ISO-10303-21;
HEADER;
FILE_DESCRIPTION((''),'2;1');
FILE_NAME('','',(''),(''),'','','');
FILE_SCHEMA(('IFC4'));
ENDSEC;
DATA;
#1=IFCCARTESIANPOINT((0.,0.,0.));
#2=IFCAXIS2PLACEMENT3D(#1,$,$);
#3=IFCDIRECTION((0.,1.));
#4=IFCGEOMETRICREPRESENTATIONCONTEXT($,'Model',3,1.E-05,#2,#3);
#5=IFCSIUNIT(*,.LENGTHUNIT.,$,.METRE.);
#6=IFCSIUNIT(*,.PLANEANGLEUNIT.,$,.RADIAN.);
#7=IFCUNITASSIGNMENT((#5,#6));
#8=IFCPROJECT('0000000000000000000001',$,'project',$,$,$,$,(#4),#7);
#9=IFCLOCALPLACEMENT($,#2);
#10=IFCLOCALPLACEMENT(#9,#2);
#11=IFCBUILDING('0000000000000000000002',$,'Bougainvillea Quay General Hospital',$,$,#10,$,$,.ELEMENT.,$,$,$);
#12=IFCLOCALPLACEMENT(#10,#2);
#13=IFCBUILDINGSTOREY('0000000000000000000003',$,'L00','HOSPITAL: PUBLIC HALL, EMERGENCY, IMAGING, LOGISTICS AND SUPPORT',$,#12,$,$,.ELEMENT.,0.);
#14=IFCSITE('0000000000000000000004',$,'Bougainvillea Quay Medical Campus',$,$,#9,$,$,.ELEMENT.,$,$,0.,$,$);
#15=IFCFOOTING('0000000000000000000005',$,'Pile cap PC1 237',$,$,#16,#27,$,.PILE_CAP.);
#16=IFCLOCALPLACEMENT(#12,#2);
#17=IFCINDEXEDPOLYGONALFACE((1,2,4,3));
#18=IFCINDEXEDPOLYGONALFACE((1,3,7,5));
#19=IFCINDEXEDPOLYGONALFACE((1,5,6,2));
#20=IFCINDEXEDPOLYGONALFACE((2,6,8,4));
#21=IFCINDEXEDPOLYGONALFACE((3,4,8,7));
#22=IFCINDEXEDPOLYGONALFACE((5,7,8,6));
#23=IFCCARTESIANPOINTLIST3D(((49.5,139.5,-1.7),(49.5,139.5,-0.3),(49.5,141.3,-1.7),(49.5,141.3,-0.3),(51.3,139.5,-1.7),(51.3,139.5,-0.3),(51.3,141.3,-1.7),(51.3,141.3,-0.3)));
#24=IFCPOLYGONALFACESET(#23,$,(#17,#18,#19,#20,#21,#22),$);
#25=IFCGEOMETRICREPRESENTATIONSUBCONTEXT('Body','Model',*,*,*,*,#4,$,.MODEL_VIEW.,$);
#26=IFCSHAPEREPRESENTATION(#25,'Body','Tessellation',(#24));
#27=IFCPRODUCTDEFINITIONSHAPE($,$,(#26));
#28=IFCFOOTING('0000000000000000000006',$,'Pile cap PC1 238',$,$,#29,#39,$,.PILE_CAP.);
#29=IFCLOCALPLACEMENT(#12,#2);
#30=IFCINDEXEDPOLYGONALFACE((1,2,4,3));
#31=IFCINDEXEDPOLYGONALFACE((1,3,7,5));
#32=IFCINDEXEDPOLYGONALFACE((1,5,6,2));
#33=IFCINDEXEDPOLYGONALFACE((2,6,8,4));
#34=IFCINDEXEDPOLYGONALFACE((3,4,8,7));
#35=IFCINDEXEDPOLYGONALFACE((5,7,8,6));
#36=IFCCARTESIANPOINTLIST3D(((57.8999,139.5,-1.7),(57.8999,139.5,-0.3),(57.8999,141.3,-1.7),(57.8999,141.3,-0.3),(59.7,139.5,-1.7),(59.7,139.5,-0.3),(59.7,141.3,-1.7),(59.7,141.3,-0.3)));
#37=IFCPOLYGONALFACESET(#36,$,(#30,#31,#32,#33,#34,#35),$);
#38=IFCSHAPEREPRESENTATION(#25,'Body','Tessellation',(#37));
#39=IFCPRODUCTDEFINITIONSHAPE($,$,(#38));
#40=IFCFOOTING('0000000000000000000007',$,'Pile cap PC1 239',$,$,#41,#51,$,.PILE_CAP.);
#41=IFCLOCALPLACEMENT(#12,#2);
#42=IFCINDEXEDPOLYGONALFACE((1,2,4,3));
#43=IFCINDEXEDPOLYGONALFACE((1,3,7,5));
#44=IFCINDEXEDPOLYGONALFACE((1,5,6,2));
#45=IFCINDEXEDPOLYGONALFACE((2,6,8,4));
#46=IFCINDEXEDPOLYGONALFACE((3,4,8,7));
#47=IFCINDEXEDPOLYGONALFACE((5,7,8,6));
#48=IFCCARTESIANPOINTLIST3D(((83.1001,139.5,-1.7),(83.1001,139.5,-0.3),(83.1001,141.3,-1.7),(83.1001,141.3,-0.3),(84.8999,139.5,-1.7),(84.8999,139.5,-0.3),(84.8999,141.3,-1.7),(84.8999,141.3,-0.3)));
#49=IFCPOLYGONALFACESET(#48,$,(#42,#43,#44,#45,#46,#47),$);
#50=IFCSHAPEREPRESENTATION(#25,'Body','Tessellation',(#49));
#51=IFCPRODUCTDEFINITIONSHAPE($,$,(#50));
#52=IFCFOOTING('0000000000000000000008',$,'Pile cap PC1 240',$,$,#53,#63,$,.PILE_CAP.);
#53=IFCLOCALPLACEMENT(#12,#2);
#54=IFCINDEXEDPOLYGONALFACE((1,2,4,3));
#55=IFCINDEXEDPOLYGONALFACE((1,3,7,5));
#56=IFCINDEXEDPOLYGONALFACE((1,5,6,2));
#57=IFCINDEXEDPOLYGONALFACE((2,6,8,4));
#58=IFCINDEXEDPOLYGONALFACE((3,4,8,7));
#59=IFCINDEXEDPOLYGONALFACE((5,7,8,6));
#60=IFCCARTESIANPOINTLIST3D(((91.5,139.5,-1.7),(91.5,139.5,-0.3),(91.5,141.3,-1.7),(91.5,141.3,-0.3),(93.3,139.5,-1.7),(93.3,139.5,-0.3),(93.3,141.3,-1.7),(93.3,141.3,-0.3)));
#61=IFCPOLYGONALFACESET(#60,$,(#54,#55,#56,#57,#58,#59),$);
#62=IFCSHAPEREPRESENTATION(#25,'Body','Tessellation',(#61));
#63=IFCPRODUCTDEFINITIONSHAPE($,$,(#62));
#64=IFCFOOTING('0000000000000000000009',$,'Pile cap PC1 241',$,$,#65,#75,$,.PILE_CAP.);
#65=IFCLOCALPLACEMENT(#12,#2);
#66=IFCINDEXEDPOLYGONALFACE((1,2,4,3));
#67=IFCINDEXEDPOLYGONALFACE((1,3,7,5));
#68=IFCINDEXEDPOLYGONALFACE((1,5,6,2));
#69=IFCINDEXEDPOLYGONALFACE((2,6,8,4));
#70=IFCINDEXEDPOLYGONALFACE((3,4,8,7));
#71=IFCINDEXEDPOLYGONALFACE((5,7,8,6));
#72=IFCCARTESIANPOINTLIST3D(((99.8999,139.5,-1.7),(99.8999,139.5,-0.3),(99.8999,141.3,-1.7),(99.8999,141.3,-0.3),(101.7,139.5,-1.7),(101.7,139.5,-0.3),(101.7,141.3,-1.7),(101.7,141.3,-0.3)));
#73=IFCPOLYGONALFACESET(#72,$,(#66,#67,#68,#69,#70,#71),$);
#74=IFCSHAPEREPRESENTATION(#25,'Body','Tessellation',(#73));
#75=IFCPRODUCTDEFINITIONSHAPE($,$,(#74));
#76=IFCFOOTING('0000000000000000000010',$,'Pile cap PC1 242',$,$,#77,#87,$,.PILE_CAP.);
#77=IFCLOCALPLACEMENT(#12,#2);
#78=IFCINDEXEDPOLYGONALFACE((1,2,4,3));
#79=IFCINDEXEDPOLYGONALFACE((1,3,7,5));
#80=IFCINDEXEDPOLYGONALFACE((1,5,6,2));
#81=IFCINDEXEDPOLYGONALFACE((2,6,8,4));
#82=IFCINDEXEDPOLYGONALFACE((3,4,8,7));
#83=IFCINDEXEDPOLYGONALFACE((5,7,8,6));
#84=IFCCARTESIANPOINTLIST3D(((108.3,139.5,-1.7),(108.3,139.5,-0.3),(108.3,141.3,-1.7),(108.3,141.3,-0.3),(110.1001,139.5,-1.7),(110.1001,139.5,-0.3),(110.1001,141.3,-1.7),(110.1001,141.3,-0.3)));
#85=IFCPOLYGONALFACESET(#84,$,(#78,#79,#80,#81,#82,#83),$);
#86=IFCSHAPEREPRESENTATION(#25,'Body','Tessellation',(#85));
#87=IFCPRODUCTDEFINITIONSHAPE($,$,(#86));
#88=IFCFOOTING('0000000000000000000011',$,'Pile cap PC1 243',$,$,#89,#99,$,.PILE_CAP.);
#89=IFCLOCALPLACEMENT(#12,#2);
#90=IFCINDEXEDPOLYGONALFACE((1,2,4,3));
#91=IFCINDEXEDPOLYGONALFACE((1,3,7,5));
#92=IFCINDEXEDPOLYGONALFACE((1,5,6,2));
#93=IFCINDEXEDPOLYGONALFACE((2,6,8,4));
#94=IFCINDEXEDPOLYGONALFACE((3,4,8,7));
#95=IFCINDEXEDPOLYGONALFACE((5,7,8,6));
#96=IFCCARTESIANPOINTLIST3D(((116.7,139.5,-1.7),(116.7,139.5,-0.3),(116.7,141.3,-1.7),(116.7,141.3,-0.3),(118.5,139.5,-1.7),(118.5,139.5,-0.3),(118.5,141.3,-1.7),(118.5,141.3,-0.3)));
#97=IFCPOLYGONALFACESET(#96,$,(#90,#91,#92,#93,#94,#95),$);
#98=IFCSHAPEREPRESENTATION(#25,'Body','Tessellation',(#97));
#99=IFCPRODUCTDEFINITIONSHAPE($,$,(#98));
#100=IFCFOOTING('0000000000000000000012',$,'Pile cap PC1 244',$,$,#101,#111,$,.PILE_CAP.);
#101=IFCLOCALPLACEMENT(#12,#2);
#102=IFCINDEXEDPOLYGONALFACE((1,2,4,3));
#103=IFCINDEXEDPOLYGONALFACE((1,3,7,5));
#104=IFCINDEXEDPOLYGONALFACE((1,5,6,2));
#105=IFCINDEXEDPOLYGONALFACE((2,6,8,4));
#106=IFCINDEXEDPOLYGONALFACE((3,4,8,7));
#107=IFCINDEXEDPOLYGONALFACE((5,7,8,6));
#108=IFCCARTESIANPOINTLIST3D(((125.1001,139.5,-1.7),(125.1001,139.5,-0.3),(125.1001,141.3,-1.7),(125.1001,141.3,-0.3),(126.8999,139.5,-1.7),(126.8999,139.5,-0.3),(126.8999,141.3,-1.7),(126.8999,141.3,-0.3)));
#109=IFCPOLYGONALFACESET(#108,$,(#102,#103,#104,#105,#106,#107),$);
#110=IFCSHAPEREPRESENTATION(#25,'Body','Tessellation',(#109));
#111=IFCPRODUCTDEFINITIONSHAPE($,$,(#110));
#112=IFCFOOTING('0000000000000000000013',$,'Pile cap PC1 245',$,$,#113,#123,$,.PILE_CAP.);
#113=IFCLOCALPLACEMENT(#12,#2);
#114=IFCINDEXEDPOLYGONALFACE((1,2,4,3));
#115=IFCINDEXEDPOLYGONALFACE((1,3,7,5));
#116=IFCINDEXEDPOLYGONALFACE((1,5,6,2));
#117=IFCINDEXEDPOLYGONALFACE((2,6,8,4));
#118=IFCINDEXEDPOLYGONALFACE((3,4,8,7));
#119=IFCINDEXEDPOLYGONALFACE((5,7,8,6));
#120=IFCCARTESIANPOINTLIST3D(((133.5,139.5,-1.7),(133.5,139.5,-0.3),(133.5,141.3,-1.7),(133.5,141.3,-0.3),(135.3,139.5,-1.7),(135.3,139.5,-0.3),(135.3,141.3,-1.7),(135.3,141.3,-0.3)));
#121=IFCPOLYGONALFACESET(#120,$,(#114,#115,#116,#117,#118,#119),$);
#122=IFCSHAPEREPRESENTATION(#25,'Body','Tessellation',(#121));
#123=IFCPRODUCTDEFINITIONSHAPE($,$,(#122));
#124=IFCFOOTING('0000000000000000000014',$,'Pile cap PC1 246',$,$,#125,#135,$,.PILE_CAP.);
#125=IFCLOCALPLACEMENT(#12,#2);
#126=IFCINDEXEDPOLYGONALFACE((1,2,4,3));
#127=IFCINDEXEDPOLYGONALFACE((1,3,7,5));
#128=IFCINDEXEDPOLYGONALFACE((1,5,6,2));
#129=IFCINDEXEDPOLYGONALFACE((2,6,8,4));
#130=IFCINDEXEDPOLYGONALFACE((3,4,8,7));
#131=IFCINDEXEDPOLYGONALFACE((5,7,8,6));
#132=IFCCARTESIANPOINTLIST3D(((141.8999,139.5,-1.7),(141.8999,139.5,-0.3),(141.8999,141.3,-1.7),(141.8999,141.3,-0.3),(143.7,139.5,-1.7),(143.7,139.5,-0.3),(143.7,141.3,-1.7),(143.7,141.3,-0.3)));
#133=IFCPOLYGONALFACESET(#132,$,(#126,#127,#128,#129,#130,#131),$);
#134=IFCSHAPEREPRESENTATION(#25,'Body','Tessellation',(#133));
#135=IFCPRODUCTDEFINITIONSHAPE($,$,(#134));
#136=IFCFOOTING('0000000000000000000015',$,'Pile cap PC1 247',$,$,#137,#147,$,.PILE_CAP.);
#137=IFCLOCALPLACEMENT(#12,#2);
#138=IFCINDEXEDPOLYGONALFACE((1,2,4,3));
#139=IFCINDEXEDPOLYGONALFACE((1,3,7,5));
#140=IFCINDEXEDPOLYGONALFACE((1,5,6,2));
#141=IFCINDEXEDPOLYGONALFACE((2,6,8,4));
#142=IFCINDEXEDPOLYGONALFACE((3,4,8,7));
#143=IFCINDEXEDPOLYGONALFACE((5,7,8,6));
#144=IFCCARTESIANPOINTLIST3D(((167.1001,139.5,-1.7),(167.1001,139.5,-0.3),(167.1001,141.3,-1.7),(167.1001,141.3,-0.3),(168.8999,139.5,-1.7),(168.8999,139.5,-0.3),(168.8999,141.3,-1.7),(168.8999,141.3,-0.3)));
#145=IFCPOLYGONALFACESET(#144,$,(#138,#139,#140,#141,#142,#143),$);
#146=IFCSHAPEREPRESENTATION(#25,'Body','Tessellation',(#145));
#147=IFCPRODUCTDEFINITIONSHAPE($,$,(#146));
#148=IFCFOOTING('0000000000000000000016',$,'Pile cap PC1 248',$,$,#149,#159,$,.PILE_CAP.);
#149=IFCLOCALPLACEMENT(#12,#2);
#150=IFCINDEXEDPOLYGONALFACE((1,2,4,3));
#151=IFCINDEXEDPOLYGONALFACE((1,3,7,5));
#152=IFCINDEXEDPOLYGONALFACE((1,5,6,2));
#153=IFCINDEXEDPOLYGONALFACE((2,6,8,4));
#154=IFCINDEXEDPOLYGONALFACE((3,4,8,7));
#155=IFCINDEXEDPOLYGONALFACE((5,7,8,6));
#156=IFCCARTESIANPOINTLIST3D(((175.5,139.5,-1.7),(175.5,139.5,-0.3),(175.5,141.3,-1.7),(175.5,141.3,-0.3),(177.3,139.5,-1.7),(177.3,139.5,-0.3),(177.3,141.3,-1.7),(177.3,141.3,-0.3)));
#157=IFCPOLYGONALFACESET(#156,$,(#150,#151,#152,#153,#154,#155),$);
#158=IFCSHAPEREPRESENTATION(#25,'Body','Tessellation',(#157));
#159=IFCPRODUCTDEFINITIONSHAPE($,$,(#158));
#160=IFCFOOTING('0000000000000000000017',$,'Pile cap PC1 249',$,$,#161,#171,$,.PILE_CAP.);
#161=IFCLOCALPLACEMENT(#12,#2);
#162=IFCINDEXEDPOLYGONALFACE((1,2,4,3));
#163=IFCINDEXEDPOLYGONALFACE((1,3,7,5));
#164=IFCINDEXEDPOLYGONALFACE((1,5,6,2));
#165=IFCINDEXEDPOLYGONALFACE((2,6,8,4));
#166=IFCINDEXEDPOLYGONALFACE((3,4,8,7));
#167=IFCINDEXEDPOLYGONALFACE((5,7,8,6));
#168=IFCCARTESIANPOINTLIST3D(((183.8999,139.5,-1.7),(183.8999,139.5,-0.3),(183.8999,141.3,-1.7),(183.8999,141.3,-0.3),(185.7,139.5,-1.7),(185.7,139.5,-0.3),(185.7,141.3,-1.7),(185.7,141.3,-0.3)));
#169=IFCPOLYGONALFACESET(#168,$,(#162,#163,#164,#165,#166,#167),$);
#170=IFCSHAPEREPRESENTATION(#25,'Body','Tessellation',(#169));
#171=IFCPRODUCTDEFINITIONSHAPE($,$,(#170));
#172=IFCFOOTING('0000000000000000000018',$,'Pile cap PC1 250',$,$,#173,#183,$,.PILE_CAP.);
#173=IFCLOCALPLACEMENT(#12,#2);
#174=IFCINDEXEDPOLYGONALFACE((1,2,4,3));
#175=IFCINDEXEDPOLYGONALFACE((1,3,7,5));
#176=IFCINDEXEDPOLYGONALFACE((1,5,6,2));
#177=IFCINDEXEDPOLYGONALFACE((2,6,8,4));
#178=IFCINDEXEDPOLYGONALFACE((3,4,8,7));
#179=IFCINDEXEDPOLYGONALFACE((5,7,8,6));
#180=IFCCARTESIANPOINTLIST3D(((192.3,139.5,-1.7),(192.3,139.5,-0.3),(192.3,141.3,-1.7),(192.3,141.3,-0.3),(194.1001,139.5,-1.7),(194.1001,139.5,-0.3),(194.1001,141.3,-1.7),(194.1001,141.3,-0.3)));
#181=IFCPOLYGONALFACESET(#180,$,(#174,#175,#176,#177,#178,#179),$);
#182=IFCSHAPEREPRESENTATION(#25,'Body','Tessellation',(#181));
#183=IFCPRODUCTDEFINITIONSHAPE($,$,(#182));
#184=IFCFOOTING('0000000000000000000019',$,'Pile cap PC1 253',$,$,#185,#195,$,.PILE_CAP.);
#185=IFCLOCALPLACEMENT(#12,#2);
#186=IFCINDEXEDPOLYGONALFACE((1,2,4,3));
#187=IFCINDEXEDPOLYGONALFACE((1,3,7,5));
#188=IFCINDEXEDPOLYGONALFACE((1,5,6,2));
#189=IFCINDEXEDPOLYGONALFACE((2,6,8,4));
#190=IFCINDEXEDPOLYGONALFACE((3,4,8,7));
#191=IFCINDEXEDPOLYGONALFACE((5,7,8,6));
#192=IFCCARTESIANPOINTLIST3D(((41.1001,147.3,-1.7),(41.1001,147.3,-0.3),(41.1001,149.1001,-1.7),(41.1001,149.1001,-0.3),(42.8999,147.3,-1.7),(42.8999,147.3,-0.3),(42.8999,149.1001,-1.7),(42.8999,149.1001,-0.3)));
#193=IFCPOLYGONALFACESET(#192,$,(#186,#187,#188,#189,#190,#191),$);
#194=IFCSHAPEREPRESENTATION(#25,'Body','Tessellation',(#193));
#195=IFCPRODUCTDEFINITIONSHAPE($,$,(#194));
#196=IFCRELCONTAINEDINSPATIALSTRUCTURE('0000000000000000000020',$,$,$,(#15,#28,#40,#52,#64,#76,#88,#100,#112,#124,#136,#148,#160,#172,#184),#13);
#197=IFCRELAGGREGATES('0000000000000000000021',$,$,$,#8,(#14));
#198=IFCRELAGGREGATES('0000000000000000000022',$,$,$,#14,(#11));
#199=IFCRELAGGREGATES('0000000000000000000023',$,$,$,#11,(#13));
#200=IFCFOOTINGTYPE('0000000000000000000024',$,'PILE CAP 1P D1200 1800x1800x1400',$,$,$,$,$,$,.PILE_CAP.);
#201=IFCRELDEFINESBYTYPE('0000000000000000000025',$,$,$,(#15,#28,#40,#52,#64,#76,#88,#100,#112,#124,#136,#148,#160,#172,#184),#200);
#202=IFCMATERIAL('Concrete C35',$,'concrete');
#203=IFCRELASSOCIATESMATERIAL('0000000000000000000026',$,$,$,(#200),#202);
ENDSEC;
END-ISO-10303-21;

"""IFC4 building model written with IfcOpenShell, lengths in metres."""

from ifc_helpers import new_model, si_unit, direction, frame, origin, place, context, subcontext, project, spatial, polyline, outline, extrude, material, type_object, element, save


model = new_model("IFC4")

# Units and contexts
model_context = context("Model", 3, precision=1e-05, world=origin(), true_north=direction((0.0, 1.0)))
body_context = subcontext(model_context, "Body", "Model", "MODEL_VIEW")
ifc_project = project(units=[si_unit("LENGTHUNIT", "METRE"), si_unit("PLANEANGLEUNIT", "RADIAN")], contexts=[model_context])

# Site, building, storey
site_placement = place(None, origin())
site = spatial("IfcSite", under=ifc_project, at=site_placement, Name="Bougainvillea Quay Medical Campus", CompositionType="ELEMENT", RefElevation=0.0)
building_placement = place(site_placement, origin())
building = spatial("IfcBuilding", under=site, at=building_placement, Name="Bougainvillea Quay General Hospital", CompositionType="ELEMENT")
storey_placement = place(building_placement, origin())
storey = spatial("IfcBuildingStorey", under=building, at=storey_placement, Name="L00", Description="HOSPITAL: PUBLIC HALL, EMERGENCY, IMAGING, LOGISTICS AND SUPPORT", CompositionType="ELEMENT", Elevation=0.0)

# Footings
ifc_material = material(Name="Concrete C35", Category="concrete")
footing_type_1 = type_object("IfcFootingType", Name="PILE CAP 1P D1200 1800x1800x1400", PredefinedType="PILE_CAP", material=ifc_material)
footing_1_placement = place(storey_placement, frame((0.0, 0.0, -1.7)))
element("IfcFooting", 1, at=footing_1_placement, inside=storey, type_object=footing_type_1, Name="Pile cap PC1 237", PredefinedType="PILE_CAP", context=body_context, shape_type="SweptSolid", body=[
    extrude(outline(polyline([(49.5, 139.5), (51.3, 139.5), (51.3, 141.3), (49.5, 141.3), (49.5, 139.5)])), origin(), (0.0, 0.0, 1.0), 1.3999),
])
footing_2_placement = place(storey_placement, frame((0.0, 0.0, -1.7)))
element("IfcFooting", 2, at=footing_2_placement, inside=storey, type_object=footing_type_1, Name="Pile cap PC1 238", PredefinedType="PILE_CAP", context=body_context, shape_type="SweptSolid", body=[
    extrude(outline(polyline([(57.8999, 139.5), (59.7, 139.5), (59.7, 141.3), (57.8999, 141.3), (57.8999, 139.5)])), origin(), (0.0, 0.0, 1.0), 1.3999),
])
footing_3_placement = place(storey_placement, frame((0.0, 0.0, -1.7)))
element("IfcFooting", 3, at=footing_3_placement, inside=storey, type_object=footing_type_1, Name="Pile cap PC1 239", PredefinedType="PILE_CAP", context=body_context, shape_type="SweptSolid", body=[
    extrude(outline(polyline([(83.1001, 139.5), (84.8999, 139.5), (84.8999, 141.3), (83.1001, 141.3), (83.1001, 139.5)])), origin(), (0.0, 0.0, 1.0), 1.3999),
])
footing_4_placement = place(storey_placement, frame((0.0, 0.0, -1.7)))
element("IfcFooting", 4, at=footing_4_placement, inside=storey, type_object=footing_type_1, Name="Pile cap PC1 240", PredefinedType="PILE_CAP", context=body_context, shape_type="SweptSolid", body=[
    extrude(outline(polyline([(91.5, 139.5), (93.3, 139.5), (93.3, 141.3), (91.5, 141.3), (91.5, 139.5)])), origin(), (0.0, 0.0, 1.0), 1.3999),
])
footing_5_placement = place(storey_placement, frame((0.0, 0.0, -1.7)))
element("IfcFooting", 5, at=footing_5_placement, inside=storey, type_object=footing_type_1, Name="Pile cap PC1 241", PredefinedType="PILE_CAP", context=body_context, shape_type="SweptSolid", body=[
    extrude(outline(polyline([(99.8999, 139.5), (101.7, 139.5), (101.7, 141.3), (99.8999, 141.3), (99.8999, 139.5)])), origin(), (0.0, 0.0, 1.0), 1.3999),
])
footing_6_placement = place(storey_placement, frame((0.0, 0.0, -1.7)))
element("IfcFooting", 6, at=footing_6_placement, inside=storey, type_object=footing_type_1, Name="Pile cap PC1 242", PredefinedType="PILE_CAP", context=body_context, shape_type="SweptSolid", body=[
    extrude(outline(polyline([(108.3, 139.5), (110.1001, 139.5), (110.1001, 141.3), (108.3, 141.3), (108.3, 139.5)])), origin(), (0.0, 0.0, 1.0), 1.3999),
])
footing_7_placement = place(storey_placement, frame((0.0, 0.0, -1.7)))
element("IfcFooting", 7, at=footing_7_placement, inside=storey, type_object=footing_type_1, Name="Pile cap PC1 243", PredefinedType="PILE_CAP", context=body_context, shape_type="SweptSolid", body=[
    extrude(outline(polyline([(116.7, 139.5), (118.5, 139.5), (118.5, 141.3), (116.7, 141.3), (116.7, 139.5)])), origin(), (0.0, 0.0, 1.0), 1.3999),
])
footing_8_placement = place(storey_placement, frame((0.0, 0.0, -1.7)))
element("IfcFooting", 8, at=footing_8_placement, inside=storey, type_object=footing_type_1, Name="Pile cap PC1 244", PredefinedType="PILE_CAP", context=body_context, shape_type="SweptSolid", body=[
    extrude(outline(polyline([(125.1001, 139.5), (126.8999, 139.5), (126.8999, 141.3), (125.1001, 141.3), (125.1001, 139.5)])), origin(), (0.0, 0.0, 1.0), 1.3999),
])
footing_9_placement = place(storey_placement, frame((0.0, 0.0, -1.7)))
element("IfcFooting", 9, at=footing_9_placement, inside=storey, type_object=footing_type_1, Name="Pile cap PC1 245", PredefinedType="PILE_CAP", context=body_context, shape_type="SweptSolid", body=[
    extrude(outline(polyline([(133.5, 139.5), (135.3, 139.5), (135.3, 141.3), (133.5, 141.3), (133.5, 139.5)])), origin(), (0.0, 0.0, 1.0), 1.3999),
])
footing_10_placement = place(storey_placement, frame((0.0, 0.0, -1.7)))
element("IfcFooting", 10, at=footing_10_placement, inside=storey, type_object=footing_type_1, Name="Pile cap PC1 246", PredefinedType="PILE_CAP", context=body_context, shape_type="SweptSolid", body=[
    extrude(outline(polyline([(141.8999, 139.5), (143.7, 139.5), (143.7, 141.3), (141.8999, 141.3), (141.8999, 139.5)])), origin(), (0.0, 0.0, 1.0), 1.3999),
])
footing_11_placement = place(storey_placement, frame((0.0, 0.0, -1.7)))
element("IfcFooting", 11, at=footing_11_placement, inside=storey, type_object=footing_type_1, Name="Pile cap PC1 247", PredefinedType="PILE_CAP", context=body_context, shape_type="SweptSolid", body=[
    extrude(outline(polyline([(167.1001, 139.5), (168.8999, 139.5), (168.8999, 141.3), (167.1001, 141.3), (167.1001, 139.5)])), origin(), (0.0, 0.0, 1.0), 1.3999),
])
footing_12_placement = place(storey_placement, frame((0.0, 0.0, -1.7)))
element("IfcFooting", 12, at=footing_12_placement, inside=storey, type_object=footing_type_1, Name="Pile cap PC1 248", PredefinedType="PILE_CAP", context=body_context, shape_type="SweptSolid", body=[
    extrude(outline(polyline([(175.5, 139.5), (177.3, 139.5), (177.3, 141.3), (175.5, 141.3), (175.5, 139.5)])), origin(), (0.0, 0.0, 1.0), 1.3999),
])
footing_13_placement = place(storey_placement, frame((0.0, 0.0, -1.7)))
element("IfcFooting", 13, at=footing_13_placement, inside=storey, type_object=footing_type_1, Name="Pile cap PC1 249", PredefinedType="PILE_CAP", context=body_context, shape_type="SweptSolid", body=[
    extrude(outline(polyline([(183.8999, 139.5), (185.7, 139.5), (185.7, 141.3), (183.8999, 141.3), (183.8999, 139.5)])), origin(), (0.0, 0.0, 1.0), 1.3999),
])
footing_14_placement = place(storey_placement, frame((0.0, 0.0, -1.7)))
element("IfcFooting", 14, at=footing_14_placement, inside=storey, type_object=footing_type_1, Name="Pile cap PC1 250", PredefinedType="PILE_CAP", context=body_context, shape_type="SweptSolid", body=[
    extrude(outline(polyline([(192.3, 139.5), (194.1001, 139.5), (194.1001, 141.3), (192.3, 141.3), (192.3, 139.5)])), origin(), (0.0, 0.0, 1.0), 1.3999),
])
footing_15_placement = place(storey_placement, frame((0.0, 0.0, -1.7)))
element("IfcFooting", 15, at=footing_15_placement, inside=storey, type_object=footing_type_1, Name="Pile cap PC1 253", PredefinedType="PILE_CAP", context=body_context, shape_type="SweptSolid", body=[
    extrude(outline(polyline([(41.1001, 147.3), (42.8999, 147.3), (42.8999, 149.1001), (41.1001, 149.1001), (41.1001, 147.3)])), origin(), (0.0, 0.0, 1.0), 1.3999),
])

save(model, "model.ifc")
